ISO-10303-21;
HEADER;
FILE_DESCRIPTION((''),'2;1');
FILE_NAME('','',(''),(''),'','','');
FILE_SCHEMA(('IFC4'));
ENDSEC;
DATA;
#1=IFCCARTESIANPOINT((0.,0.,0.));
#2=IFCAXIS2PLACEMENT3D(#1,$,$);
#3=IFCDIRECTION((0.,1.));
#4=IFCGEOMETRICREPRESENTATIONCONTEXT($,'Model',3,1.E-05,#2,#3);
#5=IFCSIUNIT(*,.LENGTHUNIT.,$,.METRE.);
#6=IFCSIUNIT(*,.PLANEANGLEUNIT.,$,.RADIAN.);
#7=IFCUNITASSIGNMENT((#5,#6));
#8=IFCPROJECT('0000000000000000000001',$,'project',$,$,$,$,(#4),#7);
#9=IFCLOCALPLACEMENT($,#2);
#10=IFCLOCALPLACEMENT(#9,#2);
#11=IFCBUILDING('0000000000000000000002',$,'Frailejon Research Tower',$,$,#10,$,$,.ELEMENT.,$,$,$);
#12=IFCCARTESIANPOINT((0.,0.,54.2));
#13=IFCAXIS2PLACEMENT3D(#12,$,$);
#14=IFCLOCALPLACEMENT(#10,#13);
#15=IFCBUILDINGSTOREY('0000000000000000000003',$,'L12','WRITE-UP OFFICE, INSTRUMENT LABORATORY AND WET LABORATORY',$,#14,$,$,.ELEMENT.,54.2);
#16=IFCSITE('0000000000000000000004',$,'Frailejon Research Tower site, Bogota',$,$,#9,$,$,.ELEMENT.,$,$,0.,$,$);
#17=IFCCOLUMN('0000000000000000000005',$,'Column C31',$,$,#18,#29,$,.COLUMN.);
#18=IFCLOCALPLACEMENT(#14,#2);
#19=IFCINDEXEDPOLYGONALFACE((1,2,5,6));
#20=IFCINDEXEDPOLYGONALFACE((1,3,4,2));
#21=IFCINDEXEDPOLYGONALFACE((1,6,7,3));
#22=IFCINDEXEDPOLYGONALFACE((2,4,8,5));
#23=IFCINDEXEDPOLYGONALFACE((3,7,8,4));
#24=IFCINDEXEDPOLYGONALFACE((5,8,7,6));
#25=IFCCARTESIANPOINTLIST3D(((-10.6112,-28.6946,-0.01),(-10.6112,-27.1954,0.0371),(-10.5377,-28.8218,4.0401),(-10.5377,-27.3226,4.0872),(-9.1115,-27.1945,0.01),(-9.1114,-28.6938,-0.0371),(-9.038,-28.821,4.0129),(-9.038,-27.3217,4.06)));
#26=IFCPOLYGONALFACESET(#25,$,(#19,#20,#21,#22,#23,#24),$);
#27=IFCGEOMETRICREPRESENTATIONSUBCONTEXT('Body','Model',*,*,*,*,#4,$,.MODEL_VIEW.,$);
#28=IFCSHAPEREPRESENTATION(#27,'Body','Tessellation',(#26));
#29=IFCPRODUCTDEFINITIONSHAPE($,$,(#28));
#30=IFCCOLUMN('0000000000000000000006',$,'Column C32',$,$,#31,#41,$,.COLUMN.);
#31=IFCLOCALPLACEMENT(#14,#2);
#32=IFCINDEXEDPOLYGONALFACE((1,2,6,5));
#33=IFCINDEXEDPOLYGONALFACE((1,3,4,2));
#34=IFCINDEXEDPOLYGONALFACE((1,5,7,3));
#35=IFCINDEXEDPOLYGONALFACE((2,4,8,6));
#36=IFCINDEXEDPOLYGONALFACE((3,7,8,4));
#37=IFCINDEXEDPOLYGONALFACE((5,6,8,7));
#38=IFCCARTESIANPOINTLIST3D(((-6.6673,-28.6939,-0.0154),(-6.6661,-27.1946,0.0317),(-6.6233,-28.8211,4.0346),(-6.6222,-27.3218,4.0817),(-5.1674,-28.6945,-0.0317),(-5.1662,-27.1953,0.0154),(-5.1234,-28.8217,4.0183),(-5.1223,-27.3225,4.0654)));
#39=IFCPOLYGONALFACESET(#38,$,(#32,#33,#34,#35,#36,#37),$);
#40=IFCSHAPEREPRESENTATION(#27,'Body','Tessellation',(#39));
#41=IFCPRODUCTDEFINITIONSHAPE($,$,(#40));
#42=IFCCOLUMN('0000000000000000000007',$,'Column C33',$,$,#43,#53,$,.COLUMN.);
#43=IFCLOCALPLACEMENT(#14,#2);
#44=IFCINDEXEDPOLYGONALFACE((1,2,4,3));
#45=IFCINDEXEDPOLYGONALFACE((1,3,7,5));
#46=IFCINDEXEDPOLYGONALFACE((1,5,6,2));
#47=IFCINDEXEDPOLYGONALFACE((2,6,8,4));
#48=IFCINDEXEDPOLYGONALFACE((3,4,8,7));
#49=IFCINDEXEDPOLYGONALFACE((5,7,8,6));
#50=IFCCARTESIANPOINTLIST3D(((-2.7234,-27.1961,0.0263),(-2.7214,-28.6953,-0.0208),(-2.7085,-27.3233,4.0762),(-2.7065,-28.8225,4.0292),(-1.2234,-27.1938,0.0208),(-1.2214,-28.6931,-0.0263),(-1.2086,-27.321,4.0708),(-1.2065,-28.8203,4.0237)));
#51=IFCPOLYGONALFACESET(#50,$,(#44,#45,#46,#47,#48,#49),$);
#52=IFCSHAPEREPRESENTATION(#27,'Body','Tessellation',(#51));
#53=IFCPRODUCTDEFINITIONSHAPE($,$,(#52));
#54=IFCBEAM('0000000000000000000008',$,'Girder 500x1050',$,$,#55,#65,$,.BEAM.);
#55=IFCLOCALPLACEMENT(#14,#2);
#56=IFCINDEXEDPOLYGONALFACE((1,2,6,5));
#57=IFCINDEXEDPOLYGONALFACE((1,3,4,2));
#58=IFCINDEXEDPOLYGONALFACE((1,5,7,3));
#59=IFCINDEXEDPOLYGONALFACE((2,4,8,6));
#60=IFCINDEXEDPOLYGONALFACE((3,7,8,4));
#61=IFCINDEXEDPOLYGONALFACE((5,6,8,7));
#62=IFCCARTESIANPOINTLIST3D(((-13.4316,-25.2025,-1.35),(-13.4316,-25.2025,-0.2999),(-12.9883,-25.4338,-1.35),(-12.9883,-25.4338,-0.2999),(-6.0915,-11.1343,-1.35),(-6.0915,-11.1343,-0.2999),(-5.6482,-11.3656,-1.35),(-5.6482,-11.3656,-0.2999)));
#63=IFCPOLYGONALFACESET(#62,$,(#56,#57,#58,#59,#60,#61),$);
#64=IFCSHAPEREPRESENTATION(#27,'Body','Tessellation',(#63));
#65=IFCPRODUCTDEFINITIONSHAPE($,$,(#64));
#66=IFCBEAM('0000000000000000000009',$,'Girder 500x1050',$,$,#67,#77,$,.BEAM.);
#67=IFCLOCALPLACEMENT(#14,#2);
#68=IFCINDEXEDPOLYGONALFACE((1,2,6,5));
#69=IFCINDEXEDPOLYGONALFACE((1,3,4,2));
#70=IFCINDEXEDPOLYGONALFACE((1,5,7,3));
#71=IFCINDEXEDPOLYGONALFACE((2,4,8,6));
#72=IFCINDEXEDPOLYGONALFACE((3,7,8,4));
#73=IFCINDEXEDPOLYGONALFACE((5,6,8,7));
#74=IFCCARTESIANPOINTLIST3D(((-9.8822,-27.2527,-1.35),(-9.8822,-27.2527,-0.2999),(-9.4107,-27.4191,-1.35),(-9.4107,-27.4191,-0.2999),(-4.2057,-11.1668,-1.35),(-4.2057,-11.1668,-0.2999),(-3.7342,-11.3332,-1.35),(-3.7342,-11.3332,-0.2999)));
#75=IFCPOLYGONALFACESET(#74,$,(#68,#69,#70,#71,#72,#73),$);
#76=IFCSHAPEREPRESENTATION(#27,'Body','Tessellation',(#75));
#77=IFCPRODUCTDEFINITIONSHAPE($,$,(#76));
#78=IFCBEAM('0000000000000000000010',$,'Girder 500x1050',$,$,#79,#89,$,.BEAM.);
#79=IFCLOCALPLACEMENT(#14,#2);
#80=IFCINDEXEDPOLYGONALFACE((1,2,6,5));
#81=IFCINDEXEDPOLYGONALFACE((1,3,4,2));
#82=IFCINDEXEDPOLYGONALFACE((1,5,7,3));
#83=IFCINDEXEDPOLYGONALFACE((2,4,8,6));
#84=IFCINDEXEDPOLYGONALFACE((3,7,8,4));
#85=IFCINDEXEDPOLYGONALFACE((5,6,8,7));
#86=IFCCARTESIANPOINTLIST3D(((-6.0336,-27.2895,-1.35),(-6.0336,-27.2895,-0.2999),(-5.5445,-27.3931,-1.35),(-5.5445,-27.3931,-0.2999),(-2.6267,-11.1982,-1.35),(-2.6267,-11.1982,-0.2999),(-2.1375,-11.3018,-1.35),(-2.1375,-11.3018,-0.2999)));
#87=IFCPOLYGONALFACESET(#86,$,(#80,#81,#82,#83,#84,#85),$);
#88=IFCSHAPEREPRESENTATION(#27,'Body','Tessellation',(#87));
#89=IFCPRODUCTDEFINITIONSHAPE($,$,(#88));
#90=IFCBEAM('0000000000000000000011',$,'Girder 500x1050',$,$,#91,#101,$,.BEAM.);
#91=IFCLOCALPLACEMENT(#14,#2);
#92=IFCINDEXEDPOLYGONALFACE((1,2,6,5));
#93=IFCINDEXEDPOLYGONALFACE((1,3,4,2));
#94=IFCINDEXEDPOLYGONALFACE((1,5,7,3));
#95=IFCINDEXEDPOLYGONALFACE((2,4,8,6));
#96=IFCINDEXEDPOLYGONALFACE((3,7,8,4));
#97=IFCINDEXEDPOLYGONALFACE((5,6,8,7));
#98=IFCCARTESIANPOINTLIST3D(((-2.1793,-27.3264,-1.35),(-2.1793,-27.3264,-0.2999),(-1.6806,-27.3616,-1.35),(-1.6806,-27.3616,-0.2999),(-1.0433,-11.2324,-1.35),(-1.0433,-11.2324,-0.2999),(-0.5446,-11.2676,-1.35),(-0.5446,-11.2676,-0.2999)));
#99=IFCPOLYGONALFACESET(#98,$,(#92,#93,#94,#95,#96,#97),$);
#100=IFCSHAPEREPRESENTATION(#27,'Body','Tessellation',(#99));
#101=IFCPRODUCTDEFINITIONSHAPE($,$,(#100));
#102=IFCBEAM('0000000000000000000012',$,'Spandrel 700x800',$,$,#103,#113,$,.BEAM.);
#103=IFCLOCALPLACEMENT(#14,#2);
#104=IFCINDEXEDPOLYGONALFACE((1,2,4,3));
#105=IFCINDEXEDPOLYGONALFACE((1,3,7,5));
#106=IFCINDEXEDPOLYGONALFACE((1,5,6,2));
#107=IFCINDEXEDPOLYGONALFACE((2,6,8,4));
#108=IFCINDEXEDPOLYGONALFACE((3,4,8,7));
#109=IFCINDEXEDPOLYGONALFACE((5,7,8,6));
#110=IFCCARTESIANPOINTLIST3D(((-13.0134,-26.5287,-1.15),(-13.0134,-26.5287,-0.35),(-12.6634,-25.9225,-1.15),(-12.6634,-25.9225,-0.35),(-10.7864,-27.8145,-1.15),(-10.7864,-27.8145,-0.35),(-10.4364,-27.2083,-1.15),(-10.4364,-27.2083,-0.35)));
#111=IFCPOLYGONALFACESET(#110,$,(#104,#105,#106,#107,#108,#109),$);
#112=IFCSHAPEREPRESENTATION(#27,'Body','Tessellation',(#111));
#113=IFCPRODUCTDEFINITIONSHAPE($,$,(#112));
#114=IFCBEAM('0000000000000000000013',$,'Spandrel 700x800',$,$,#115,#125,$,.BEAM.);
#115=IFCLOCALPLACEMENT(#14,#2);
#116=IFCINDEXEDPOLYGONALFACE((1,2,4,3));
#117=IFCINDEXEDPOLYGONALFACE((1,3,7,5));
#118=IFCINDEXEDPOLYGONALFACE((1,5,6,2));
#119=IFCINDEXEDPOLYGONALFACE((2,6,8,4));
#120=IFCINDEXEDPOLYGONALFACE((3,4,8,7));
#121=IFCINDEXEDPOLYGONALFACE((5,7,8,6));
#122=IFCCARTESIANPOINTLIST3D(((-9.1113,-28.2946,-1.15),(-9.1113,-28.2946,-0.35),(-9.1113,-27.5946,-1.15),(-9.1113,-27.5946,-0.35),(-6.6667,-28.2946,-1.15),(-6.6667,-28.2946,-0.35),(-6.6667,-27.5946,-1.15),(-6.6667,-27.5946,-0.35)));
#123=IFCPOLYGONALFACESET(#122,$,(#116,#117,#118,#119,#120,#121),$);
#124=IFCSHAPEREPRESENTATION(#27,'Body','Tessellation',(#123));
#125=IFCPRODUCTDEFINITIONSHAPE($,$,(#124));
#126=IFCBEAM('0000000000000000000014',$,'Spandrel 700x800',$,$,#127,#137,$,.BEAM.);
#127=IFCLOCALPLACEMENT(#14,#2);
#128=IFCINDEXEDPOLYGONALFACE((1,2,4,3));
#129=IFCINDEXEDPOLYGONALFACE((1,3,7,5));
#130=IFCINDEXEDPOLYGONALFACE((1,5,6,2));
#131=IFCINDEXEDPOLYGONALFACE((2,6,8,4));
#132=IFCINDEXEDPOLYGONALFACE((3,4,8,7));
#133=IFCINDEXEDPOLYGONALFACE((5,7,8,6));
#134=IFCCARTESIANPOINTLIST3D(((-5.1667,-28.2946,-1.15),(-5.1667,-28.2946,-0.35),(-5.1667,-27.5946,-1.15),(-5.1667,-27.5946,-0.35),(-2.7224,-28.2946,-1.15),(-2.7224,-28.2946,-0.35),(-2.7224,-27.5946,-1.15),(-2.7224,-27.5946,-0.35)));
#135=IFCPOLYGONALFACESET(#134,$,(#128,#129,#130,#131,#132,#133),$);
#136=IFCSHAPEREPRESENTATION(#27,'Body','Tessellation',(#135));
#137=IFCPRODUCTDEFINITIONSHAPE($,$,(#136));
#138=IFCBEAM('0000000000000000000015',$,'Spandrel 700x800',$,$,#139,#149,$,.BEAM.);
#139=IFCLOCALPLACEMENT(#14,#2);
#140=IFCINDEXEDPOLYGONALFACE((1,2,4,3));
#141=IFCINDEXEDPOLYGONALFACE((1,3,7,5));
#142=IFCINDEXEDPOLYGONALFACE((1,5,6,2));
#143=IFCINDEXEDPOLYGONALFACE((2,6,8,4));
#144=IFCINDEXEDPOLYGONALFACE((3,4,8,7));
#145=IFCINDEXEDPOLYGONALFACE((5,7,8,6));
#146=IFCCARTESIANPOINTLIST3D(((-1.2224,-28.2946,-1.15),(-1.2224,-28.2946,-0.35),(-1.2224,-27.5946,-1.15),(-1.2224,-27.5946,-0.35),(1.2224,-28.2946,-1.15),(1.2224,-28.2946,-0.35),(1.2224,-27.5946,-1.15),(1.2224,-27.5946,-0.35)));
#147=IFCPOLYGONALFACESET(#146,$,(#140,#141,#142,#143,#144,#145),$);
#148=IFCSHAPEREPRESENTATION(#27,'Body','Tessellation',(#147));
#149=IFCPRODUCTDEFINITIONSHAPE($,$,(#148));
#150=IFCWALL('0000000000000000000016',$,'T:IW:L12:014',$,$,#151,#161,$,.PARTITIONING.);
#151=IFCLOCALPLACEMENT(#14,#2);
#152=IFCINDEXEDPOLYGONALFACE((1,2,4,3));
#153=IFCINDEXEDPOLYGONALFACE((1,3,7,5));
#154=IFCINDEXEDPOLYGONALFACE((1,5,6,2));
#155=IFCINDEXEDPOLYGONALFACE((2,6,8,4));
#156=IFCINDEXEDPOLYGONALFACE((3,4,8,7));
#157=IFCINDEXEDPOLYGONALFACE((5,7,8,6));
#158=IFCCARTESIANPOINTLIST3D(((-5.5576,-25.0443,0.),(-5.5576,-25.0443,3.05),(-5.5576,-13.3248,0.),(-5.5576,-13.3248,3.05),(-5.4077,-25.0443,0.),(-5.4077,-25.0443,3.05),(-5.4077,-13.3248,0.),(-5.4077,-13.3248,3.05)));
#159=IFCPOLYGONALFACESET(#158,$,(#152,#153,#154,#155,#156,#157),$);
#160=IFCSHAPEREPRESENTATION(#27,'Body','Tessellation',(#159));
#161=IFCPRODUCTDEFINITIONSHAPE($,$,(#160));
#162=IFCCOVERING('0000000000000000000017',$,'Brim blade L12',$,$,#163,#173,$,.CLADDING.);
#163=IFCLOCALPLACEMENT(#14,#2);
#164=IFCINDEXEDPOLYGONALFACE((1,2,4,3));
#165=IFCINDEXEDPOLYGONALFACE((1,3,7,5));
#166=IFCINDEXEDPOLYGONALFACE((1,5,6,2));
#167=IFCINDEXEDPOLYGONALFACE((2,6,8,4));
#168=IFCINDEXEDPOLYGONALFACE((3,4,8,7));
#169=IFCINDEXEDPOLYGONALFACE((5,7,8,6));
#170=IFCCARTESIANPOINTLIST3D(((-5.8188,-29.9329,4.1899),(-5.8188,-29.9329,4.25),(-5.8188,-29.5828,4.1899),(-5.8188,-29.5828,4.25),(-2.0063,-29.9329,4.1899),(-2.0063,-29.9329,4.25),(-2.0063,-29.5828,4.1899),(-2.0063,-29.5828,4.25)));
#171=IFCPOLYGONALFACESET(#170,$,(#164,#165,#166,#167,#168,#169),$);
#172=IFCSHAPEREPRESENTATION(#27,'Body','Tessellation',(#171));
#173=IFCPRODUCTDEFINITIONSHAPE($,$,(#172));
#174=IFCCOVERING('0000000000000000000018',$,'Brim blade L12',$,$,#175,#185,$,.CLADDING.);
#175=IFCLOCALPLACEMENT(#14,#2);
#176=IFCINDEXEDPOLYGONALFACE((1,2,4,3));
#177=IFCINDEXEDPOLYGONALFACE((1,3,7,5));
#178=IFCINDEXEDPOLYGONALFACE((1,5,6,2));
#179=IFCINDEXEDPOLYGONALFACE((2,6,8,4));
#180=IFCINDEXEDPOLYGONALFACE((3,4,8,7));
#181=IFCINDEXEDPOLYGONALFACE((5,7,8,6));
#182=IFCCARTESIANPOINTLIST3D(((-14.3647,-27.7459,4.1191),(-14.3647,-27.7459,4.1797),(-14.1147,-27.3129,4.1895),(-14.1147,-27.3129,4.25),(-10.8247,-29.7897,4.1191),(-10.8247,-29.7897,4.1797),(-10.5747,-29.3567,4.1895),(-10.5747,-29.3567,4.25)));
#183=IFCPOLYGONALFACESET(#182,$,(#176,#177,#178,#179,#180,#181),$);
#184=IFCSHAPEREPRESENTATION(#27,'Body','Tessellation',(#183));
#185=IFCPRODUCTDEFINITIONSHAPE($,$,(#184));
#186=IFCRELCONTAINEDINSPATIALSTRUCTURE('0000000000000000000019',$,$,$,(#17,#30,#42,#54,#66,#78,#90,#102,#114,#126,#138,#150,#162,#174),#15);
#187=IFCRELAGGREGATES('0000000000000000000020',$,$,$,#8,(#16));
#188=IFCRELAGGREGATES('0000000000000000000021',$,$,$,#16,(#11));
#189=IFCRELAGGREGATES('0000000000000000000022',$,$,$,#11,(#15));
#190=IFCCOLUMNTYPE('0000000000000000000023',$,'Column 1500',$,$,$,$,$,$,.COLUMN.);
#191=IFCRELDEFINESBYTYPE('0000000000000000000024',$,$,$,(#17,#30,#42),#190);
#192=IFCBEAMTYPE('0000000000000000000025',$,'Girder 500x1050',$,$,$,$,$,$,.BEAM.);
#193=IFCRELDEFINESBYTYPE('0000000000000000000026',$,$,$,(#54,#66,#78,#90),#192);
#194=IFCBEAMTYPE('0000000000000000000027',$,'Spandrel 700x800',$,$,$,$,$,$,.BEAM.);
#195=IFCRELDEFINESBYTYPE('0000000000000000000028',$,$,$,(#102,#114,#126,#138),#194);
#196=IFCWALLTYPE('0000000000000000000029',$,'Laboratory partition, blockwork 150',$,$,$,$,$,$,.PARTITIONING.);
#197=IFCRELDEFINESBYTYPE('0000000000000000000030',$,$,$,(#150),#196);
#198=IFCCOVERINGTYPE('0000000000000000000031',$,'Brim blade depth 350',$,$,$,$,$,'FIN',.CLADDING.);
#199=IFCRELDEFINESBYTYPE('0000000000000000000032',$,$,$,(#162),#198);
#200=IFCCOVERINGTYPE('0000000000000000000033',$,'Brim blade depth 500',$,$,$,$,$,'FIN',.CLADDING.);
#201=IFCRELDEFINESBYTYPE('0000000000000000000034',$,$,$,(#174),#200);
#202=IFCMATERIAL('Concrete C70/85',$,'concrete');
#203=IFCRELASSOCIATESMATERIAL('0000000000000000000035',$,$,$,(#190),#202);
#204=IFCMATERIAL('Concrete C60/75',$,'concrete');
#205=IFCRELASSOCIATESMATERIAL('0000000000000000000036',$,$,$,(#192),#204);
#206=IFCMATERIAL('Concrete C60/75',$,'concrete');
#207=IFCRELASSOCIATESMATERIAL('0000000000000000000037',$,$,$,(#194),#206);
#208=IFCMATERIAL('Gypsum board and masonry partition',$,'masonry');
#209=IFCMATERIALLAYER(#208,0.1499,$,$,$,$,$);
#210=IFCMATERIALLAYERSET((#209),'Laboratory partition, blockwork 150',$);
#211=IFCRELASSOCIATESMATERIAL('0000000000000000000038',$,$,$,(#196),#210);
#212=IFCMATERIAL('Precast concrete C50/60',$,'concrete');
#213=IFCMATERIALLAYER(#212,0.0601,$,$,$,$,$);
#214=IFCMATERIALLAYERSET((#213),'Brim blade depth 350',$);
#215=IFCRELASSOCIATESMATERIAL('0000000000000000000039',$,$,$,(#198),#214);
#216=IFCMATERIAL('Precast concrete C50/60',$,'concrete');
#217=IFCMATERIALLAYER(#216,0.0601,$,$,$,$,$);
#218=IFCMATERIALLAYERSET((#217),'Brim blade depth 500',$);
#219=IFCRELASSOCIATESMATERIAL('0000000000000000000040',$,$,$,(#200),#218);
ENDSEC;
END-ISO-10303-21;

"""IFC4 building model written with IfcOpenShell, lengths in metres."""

from ifc_helpers import new_model, si_unit, direction, frame, frame_2d, origin, origin_2d, place, context, subcontext, project, spatial, polyline, rectangle, outline, extrude, material, layer, layer_set, material_profile, profile_set, type_object, element, save


model = new_model("IFC4")

# Units and contexts
model_context = context("Model", 3, precision=1e-05, world=origin(), true_north=direction((0.0, 1.0)))
body_context = subcontext(model_context, "Body", "Model", "MODEL_VIEW")
ifc_project = project(units=[si_unit("LENGTHUNIT", "METRE"), si_unit("PLANEANGLEUNIT", "RADIAN")], contexts=[model_context])

# Site, building, storey
site_placement = place(None, origin())
site = spatial("IfcSite", under=ifc_project, at=site_placement, Name="Frailejon Research Tower site, Bogota", CompositionType="ELEMENT", RefElevation=0.0)
building_placement = place(site_placement, origin())
building = spatial("IfcBuilding", under=site, at=building_placement, Name="Frailejon Research Tower", CompositionType="ELEMENT")
storey_placement = place(building_placement, frame((0.0, 0.0, 54.2)))
storey = spatial("IfcBuildingStorey", under=building, at=storey_placement, Name="L12", Description="WRITE-UP OFFICE, INSTRUMENT LABORATORY AND WET LABORATORY", CompositionType="ELEMENT", Elevation=54.2)

# Columns
ifc_material_1 = material(Name="Concrete C70/85", Category="concrete")
ifc_material_profile_1 = material_profile(ifc_material_1, rectangle(XDim=1.5, YDim=1.5, at=origin_2d()), Name="Column 1500")
ifc_profile_set_1 = profile_set([ifc_material_profile_1], Name="Concrete C70/85")
column_type = type_object("IfcColumnType", Name="Column 1500", PredefinedType="COLUMN", material=ifc_profile_set_1)
column_1_placement = place(storey_placement, frame((-9.8613, -27.9446, 0.0), z_axis=(0.018133, -0.031386, 0.999343), x_axis=(0.999836, 0.000573, -0.018124)))
element("IfcColumn", 1, at=column_1_placement, inside=storey, type_object=column_type, Name="Column C31", PredefinedType="COLUMN", context=body_context, shape_type="SweptSolid", body=[
    extrude(rectangle(XDim=1.5, YDim=1.5, at=origin_2d()), origin(), (0.0, 0.0, 1.0), 4.0527),
])
column_2_placement = place(storey_placement, frame((-5.9167, -27.9446, 0.0), z_axis=(0.010845, -0.031389, 0.999448), x_axis=(0.999941, -0.000427, -0.010863)))
element("IfcColumn", 2, at=column_2_placement, inside=storey, type_object=column_type, Name="Column C32", PredefinedType="COLUMN", context=body_context, shape_type="SweptSolid", body=[
    extrude(rectangle(XDim=1.5, YDim=1.5, at=origin_2d()), origin(), (0.0, 0.0, 1.0), 4.0522),
])
column_3_placement = place(storey_placement, frame((-1.9724, -27.9446, 0.0), z_axis=(0.003675, -0.031391, 0.9995), x_axis=(0.999992, 0.001487, -0.00363)))
element("IfcColumn", 3, at=column_3_placement, inside=storey, type_object=column_type, Name="Column C33", PredefinedType="COLUMN", context=body_context, shape_type="SweptSolid", body=[
    extrude(rectangle(XDim=1.5, YDim=1.5, at=origin_2d()), origin(), (0.0, 0.0, 1.0), 4.052),
])

# Beams
ifc_material_2 = material(Name="Concrete C60/75", Category="concrete")
ifc_material_profile_2 = material_profile(ifc_material_2, rectangle(XDim=0.5, YDim=1.05, at=origin_2d()), Name="Girder 500x1050")
ifc_profile_set_2 = profile_set([ifc_material_profile_2], Name="Concrete C60/75")
beam_type_1 = type_object("IfcBeamType", Name="Girder 500x1050", PredefinedType="BEAM", material=ifc_profile_set_2)
beam_1_placement = place(storey_placement, frame((-13.21, -25.3181, -0.825), z_axis=(0.462576, 0.88658, 0.0), x_axis=(-0.88658, 0.462576, 0.0)))
element("IfcBeam", 4, at=beam_1_placement, inside=storey, type_object=beam_type_1, Name="Girder 500x1050", PredefinedType="BEAM", context=body_context, shape_type="SweptSolid", body=[
    extrude(rectangle(XDim=0.5, YDim=1.05, at=origin_2d()), origin(), (0.0, 0.0, 1.0), 15.8679),
])
beam_2_placement = place(storey_placement, frame((-9.6465, -27.3359, -0.825), z_axis=(0.332774, 0.943006, 0.0), x_axis=(-0.943006, 0.332774, 0.0)))
element("IfcBeam", 5, at=beam_2_placement, inside=storey, type_object=beam_type_1, Name="Girder 500x1050", PredefinedType="BEAM", context=body_context, shape_type="SweptSolid", body=[
    extrude(rectangle(XDim=0.5, YDim=1.05, at=origin_2d()), origin(), (0.0, 0.0, 1.0), 17.0581),
])
beam_3_placement = place(storey_placement, frame((-5.7891, -27.3413, -0.825), z_axis=(0.207136, 0.978312, 0.0), x_axis=(-0.978312, 0.207136, 0.0)))
element("IfcBeam", 6, at=beam_3_placement, inside=storey, type_object=beam_type_1, Name="Girder 500x1050", PredefinedType="BEAM", context=body_context, shape_type="SweptSolid", body=[
    extrude(rectangle(XDim=0.5, YDim=1.05, at=origin_2d()), origin(), (0.0, 0.0, 1.0), 16.448),
])
beam_4_placement = place(storey_placement, frame((-1.9299, -27.344, -0.825), z_axis=(0.070409, 0.997518, 0.0), x_axis=(-0.997518, 0.070409, 0.0)))
element("IfcBeam", 7, at=beam_4_placement, inside=storey, type_object=beam_type_1, Name="Girder 500x1050", PredefinedType="BEAM", context=body_context, shape_type="SweptSolid", body=[
    extrude(rectangle(XDim=0.5, YDim=1.05, at=origin_2d()), origin(), (0.0, 0.0, 1.0), 16.134),
])
ifc_material_3 = material(Name="Concrete C60/75", Category="concrete")
ifc_material_profile_3 = material_profile(ifc_material_3, rectangle(XDim=0.7, YDim=0.8, at=origin_2d()), Name="Spandrel 700x800")
ifc_profile_set_3 = profile_set([ifc_material_profile_3], Name="Concrete C60/75")
beam_type_2 = type_object("IfcBeamType", Name="Spandrel 700x800", PredefinedType="BEAM", material=ifc_profile_set_3)
beam_5_placement = place(storey_placement, frame((-12.8384, -26.2256, -0.75), z_axis=(0.866009, -0.500029, 0.0), x_axis=(0.500029, 0.866009, 0.0)))
element("IfcBeam", 8, at=beam_5_placement, inside=storey, type_object=beam_type_2, Name="Spandrel 700x800", PredefinedType="BEAM", context=body_context, shape_type="SweptSolid", body=[
    extrude(rectangle(XDim=0.7, YDim=0.8, at=origin_2d()), origin(), (0.0, 0.0, 1.0), 2.5715),
])
beam_6_placement = place(storey_placement, frame((-9.1113, -27.9446, -0.75), z_axis=(1.0, 0.0, 0.0), x_axis=(0.0, 1.0, 0.0)))
element("IfcBeam", 9, at=beam_6_placement, inside=storey, type_object=beam_type_2, Name="Spandrel 700x800", PredefinedType="BEAM", context=body_context, shape_type="SweptSolid", body=[
    extrude(rectangle(XDim=0.7, YDim=0.8, at=origin_2d()), origin(), (0.0, 0.0, 1.0), 2.4446),
])
beam_7_placement = place(storey_placement, frame((-5.1667, -27.9446, -0.75), z_axis=(1.0, 0.0, 0.0), x_axis=(0.0, 1.0, 0.0)))
element("IfcBeam", 10, at=beam_7_placement, inside=storey, type_object=beam_type_2, Name="Spandrel 700x800", PredefinedType="BEAM", context=body_context, shape_type="SweptSolid", body=[
    extrude(rectangle(XDim=0.7, YDim=0.8, at=origin_2d()), origin(), (0.0, 0.0, 1.0), 2.4443),
])
beam_8_placement = place(storey_placement, frame((-1.2224, -27.9446, -0.75), z_axis=(1.0, 0.0, 0.0), x_axis=(0.0, 1.0, 0.0)))
element("IfcBeam", 11, at=beam_8_placement, inside=storey, type_object=beam_type_2, Name="Spandrel 700x800", PredefinedType="BEAM", context=body_context, shape_type="SweptSolid", body=[
    extrude(rectangle(XDim=0.7, YDim=0.8, at=origin_2d()), origin(), (0.0, 0.0, 1.0), 2.4448),
])

# Wall
ifc_material_4 = material(Name="Gypsum board and masonry partition", Category="masonry")
ifc_layer_1 = layer(ifc_material_4, 0.1499)
ifc_layer_set_1 = layer_set([ifc_layer_1], Name="Laboratory partition, blockwork 150")
wall_type_1 = type_object("IfcWallType", Name="Laboratory partition, blockwork 150", PredefinedType="PARTITIONING", material=ifc_layer_set_1)
wall_1_placement = place(storey_placement, frame((-5.4827, -25.0444, 0.0), z_axis=(0.0, 0.0, 1.0), x_axis=(0.0, 1.0, 0.0)))
element("IfcWall", 12, at=wall_1_placement, inside=storey, type_object=wall_type_1, Name="T:IW:L12:014", PredefinedType="PARTITIONING", context=body_context, shape_type="SweptSolid", body=[
    extrude(rectangle(XDim=11.7195, YDim=0.1499, at=frame_2d((5.8599, 0.0))), origin(), (0.0, 0.0, 1.0), 3.05),
])

# Coverings
ifc_material_5 = material(Name="Precast concrete C50/60", Category="concrete")
ifc_layer_2 = layer(ifc_material_5, 0.0601)
ifc_layer_set_2 = layer_set([ifc_layer_2], Name="Brim blade depth 350")
covering_type_1 = type_object("IfcCoveringType", Name="Brim blade depth 350", ElementType="FIN", PredefinedType="CLADDING", material=ifc_layer_set_2)
covering_1_placement = place(storey_placement, frame((-2.0063, -29.5828, 4.25), z_axis=(-1.0, 0.0, 0.0), x_axis=(0.0, -1.0, 0.0)))
element("IfcCovering", 13, at=covering_1_placement, inside=storey, type_object=covering_type_1, Name="Brim blade L12", PredefinedType="CLADDING", context=body_context, shape_type="SweptSolid", body=[
    extrude(outline(polyline([(0.0, -0.0601), (0.3501, -0.0601), (0.3501, 0.0), (0.0, 0.0), (0.0, -0.0601)])), origin(), (0.0, 0.0, 1.0), 3.8125),
])
ifc_material_6 = material(Name="Precast concrete C50/60", Category="concrete")
ifc_layer_3 = layer(ifc_material_6, 0.0601)
ifc_layer_set_3 = layer_set([ifc_layer_3], Name="Brim blade depth 500")
covering_type_2 = type_object("IfcCoveringType", Name="Brim blade depth 500", ElementType="FIN", PredefinedType="CLADDING", material=ifc_layer_set_3)
covering_2_placement = place(storey_placement, frame((-10.5747, -29.3567, 4.25), z_axis=(-0.866027, 0.499997, 0.0), x_axis=(-0.499997, -0.866027, 0.0)))
element("IfcCovering", 14, at=covering_2_placement, inside=storey, type_object=covering_type_2, Name="Brim blade L12", PredefinedType="CLADDING", context=body_context, shape_type="SweptSolid", body=[
    extrude(outline(polyline([(0.0, -0.0605), (0.5, -0.1309), (0.5, -0.0703), (0.0, 0.0), (0.0, -0.0605)])), origin(), (0.0, 0.0, 1.0), 4.0876),
])

save(model, "model.ifc")
